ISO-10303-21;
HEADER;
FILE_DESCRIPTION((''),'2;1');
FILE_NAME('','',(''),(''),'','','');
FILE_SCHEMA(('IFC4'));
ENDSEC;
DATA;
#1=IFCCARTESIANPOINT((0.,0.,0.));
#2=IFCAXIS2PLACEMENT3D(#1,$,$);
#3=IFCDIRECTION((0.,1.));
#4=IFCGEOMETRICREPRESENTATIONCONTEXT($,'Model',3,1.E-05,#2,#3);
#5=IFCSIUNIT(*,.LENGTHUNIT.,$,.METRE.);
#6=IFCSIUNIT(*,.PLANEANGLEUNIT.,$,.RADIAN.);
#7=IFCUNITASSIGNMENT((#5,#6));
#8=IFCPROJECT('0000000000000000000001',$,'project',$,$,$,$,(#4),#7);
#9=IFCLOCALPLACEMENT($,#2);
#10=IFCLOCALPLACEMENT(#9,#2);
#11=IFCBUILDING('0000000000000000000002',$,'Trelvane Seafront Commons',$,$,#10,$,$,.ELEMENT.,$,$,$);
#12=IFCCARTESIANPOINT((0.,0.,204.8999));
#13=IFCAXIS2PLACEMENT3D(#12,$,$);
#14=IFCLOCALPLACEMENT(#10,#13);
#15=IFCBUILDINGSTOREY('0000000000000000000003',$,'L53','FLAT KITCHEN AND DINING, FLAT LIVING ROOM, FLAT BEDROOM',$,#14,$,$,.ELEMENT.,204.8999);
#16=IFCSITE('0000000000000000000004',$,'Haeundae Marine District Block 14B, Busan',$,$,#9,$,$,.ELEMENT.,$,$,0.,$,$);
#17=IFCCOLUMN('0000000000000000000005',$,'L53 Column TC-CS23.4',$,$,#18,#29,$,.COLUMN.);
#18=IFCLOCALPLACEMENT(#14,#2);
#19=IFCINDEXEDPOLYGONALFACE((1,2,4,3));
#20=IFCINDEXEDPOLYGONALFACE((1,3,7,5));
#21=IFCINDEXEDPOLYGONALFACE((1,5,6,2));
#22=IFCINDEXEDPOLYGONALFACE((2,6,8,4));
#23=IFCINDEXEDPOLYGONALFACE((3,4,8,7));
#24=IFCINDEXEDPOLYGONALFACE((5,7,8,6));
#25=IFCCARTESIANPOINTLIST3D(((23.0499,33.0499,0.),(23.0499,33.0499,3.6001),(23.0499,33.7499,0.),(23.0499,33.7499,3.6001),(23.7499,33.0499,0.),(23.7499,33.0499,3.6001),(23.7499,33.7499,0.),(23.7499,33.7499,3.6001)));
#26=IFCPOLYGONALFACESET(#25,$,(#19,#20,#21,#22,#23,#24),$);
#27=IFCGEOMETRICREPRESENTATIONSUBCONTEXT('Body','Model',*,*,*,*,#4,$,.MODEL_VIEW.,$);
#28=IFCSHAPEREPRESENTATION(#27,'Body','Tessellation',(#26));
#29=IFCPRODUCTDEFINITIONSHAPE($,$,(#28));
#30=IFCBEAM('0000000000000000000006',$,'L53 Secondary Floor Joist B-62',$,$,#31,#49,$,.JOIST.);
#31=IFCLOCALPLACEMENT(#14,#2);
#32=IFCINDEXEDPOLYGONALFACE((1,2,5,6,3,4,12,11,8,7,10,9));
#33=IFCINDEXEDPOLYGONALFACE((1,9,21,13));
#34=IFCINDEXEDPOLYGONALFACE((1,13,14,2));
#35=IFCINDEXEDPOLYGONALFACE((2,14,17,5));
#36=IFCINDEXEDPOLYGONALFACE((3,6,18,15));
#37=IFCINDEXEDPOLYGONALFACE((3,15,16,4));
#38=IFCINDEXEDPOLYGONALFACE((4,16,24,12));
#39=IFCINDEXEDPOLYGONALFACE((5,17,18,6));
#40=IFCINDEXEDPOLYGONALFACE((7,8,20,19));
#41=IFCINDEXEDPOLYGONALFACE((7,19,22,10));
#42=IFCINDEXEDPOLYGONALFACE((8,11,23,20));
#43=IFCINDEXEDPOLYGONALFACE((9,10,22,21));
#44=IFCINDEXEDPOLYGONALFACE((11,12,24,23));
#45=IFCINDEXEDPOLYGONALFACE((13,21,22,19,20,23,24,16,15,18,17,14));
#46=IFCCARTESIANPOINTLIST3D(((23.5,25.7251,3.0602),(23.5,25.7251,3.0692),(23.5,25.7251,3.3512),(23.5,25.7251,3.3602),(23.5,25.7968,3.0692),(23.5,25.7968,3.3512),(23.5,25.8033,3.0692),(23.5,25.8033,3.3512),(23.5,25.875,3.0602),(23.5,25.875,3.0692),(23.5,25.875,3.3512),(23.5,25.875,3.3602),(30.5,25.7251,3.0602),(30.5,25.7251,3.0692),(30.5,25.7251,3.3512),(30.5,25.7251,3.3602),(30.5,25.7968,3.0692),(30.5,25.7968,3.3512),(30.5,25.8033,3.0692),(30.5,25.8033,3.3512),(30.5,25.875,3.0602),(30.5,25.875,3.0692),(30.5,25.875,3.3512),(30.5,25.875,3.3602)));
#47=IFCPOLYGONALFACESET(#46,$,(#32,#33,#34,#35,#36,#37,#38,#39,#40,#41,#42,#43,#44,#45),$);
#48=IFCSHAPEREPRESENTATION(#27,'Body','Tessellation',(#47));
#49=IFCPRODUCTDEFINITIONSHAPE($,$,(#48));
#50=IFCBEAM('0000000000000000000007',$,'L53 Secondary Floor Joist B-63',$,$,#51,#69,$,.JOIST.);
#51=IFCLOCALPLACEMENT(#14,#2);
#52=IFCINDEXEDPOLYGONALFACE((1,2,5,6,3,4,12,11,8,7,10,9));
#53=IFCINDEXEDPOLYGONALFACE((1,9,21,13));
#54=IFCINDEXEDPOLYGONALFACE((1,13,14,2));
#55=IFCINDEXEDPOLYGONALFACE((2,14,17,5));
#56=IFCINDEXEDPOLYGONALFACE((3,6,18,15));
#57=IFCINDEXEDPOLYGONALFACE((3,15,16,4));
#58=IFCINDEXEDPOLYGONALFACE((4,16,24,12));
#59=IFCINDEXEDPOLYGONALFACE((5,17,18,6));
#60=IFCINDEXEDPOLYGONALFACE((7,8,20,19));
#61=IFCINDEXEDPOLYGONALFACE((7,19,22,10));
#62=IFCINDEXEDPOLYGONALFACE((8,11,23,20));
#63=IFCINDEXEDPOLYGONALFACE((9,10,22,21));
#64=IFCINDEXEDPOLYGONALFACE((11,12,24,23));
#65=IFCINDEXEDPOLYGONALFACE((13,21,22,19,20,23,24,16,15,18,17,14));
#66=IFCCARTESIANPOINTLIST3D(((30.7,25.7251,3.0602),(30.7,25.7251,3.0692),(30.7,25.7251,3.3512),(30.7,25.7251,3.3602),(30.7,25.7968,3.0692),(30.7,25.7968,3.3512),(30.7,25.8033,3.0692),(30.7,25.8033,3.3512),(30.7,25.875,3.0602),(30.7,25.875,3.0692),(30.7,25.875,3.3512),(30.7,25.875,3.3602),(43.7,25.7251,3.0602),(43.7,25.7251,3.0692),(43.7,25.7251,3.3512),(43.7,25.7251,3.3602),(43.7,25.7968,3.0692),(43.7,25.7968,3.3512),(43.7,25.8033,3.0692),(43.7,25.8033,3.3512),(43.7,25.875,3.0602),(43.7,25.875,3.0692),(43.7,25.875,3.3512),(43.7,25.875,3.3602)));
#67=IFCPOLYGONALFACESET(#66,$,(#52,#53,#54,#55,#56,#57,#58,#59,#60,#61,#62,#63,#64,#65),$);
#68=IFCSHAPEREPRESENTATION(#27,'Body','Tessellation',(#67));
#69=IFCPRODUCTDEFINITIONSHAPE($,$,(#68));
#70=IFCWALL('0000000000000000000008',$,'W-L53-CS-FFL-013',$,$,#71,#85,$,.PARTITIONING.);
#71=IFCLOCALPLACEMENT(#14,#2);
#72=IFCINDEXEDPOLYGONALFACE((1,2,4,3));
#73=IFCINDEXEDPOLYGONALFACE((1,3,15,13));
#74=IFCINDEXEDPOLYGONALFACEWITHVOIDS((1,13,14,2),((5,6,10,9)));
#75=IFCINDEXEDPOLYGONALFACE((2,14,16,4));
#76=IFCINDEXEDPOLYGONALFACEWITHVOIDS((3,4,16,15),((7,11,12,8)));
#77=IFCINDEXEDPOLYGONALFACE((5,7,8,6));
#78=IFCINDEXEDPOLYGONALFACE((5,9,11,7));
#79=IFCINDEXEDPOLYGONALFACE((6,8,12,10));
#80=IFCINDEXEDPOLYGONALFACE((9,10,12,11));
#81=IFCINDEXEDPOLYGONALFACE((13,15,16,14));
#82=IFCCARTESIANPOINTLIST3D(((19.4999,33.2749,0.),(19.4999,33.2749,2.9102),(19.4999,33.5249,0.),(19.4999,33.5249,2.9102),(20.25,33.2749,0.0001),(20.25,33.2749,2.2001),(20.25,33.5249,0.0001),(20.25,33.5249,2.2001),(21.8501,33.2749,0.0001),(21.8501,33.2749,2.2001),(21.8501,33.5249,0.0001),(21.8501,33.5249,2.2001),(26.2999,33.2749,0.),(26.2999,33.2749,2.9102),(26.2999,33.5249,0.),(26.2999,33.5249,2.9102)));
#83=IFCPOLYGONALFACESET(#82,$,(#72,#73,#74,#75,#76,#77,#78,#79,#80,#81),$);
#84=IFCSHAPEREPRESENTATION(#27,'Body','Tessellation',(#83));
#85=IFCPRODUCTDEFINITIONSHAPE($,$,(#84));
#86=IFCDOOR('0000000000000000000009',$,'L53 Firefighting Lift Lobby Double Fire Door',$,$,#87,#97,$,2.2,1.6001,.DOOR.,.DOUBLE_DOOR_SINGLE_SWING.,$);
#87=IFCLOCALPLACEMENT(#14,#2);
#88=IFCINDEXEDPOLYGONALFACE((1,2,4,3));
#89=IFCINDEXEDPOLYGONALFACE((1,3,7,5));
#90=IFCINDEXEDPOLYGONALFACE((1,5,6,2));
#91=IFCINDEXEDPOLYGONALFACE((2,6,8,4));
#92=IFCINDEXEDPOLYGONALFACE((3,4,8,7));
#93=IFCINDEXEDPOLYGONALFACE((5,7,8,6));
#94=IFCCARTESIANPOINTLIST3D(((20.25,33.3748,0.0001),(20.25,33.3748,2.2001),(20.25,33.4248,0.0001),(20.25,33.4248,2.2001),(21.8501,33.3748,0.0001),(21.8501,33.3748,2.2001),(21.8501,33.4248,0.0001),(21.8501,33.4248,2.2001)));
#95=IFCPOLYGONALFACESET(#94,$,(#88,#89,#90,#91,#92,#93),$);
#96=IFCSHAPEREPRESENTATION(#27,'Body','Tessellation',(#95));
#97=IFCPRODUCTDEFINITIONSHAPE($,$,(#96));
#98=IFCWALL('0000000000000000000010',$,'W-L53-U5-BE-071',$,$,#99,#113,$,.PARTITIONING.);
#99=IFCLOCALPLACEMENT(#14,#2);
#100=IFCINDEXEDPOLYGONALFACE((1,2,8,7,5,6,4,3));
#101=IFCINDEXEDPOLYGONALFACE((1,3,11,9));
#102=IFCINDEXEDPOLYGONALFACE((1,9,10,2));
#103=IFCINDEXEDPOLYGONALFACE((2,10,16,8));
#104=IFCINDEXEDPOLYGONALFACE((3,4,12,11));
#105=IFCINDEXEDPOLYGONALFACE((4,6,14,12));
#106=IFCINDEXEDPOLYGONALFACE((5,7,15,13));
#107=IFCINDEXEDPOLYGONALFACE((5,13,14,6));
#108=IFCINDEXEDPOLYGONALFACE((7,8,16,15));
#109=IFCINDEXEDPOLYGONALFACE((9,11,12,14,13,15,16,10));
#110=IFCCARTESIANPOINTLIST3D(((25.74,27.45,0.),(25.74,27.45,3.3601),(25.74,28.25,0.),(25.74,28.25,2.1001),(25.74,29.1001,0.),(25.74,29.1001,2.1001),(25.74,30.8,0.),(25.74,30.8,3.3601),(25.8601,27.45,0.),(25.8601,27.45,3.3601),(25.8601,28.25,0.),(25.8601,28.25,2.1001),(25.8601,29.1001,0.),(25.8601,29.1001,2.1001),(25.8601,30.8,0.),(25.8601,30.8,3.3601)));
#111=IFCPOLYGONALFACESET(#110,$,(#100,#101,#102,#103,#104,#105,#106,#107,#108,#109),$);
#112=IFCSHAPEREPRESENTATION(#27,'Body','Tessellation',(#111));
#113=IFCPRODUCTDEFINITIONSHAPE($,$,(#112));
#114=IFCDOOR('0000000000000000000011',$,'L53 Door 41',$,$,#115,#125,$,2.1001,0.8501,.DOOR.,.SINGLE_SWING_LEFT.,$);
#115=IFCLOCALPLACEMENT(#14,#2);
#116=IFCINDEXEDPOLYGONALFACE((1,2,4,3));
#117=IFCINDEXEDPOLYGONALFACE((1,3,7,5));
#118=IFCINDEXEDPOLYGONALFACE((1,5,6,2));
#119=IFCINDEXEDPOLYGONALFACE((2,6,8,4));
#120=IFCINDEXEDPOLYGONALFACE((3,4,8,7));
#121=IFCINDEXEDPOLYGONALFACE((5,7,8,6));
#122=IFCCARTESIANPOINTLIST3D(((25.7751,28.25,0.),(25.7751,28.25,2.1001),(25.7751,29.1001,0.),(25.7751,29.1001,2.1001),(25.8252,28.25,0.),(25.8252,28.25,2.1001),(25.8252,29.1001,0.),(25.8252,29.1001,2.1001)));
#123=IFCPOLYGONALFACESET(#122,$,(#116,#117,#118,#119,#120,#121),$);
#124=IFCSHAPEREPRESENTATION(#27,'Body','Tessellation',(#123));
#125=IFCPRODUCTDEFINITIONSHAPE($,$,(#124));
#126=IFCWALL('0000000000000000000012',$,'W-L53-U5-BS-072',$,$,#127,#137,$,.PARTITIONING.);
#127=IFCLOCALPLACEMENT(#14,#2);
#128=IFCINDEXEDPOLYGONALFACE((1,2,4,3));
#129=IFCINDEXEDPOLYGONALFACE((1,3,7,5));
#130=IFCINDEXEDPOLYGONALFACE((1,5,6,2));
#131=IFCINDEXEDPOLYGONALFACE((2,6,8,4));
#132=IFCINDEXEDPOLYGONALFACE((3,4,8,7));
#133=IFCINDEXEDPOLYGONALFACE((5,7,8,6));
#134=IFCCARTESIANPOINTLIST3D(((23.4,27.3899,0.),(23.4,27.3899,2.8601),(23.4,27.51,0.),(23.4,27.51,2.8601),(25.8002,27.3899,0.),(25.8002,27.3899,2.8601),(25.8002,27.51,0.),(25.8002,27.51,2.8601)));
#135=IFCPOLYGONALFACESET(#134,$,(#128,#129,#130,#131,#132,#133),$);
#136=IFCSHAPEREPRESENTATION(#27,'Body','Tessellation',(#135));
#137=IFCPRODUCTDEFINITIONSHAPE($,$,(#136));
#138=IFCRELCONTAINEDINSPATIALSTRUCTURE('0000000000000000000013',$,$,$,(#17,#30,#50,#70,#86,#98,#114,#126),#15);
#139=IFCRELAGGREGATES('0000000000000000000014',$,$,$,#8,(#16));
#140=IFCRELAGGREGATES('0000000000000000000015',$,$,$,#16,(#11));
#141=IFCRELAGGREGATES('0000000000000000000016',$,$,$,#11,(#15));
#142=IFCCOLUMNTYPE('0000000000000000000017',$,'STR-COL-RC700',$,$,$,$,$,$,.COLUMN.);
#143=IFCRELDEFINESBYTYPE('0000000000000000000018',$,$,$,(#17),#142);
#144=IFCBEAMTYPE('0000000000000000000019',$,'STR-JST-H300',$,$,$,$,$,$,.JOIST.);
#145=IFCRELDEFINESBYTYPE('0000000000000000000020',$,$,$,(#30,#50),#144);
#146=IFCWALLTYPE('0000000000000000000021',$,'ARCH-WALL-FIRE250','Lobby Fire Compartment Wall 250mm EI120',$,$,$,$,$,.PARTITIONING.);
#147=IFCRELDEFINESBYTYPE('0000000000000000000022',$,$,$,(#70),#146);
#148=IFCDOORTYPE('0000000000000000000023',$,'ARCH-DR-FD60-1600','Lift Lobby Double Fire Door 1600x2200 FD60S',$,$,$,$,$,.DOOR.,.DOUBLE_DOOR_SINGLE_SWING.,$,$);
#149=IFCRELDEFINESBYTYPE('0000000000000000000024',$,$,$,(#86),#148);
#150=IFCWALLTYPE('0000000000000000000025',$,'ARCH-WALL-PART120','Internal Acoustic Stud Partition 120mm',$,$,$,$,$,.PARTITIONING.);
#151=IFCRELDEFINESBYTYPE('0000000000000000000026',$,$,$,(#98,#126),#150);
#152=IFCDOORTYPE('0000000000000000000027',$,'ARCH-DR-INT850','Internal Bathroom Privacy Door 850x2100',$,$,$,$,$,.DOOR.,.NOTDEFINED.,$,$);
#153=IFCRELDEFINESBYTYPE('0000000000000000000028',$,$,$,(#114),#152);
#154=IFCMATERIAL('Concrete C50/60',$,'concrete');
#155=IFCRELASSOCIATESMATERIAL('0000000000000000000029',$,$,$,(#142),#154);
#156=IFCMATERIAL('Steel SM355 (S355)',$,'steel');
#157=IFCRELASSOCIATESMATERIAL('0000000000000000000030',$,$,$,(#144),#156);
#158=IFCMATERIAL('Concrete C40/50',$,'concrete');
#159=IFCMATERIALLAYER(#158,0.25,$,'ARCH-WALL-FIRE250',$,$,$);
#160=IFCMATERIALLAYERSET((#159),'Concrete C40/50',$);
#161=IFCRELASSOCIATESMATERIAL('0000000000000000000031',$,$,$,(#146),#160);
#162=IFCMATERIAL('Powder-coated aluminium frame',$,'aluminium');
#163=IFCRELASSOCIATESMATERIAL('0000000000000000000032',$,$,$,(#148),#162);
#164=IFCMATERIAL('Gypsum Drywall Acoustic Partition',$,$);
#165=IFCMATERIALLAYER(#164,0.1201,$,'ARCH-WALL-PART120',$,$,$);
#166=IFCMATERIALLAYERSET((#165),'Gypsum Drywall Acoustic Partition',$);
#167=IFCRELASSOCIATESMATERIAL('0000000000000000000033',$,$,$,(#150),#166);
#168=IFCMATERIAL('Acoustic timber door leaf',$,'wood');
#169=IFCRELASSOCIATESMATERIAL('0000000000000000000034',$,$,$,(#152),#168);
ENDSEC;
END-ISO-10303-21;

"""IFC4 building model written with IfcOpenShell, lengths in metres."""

from ifc_helpers import new_model, si_unit, direction, frame, frame_2d, origin, origin_2d, place, context, subcontext, project, spatial, rectangle, i_section, extrude, source, transform, mapped, material, layer, layer_set, material_profile, profile_set, type_object, element, fill, save


model = new_model("IFC4")

# Units and contexts
model_context = context("Model", 3, precision=1e-05, world=origin(), true_north=direction((0.0, 1.0)))
body_context = subcontext(model_context, "Body", "Model", "MODEL_VIEW")
ifc_project = project(units=[si_unit("LENGTHUNIT", "METRE"), si_unit("PLANEANGLEUNIT", "RADIAN")], contexts=[model_context])

# Site, building, storey
site_placement = place(None, origin())
site = spatial("IfcSite", under=ifc_project, at=site_placement, Name="Haeundae Marine District Block 14B, Busan", CompositionType="ELEMENT", RefElevation=0.0)
building_placement = place(site_placement, origin())
building = spatial("IfcBuilding", under=site, at=building_placement, Name="Trelvane Seafront Commons", CompositionType="ELEMENT")
storey_placement = place(building_placement, frame((0.0, 0.0, 204.8999)))
storey = spatial("IfcBuildingStorey", under=building, at=storey_placement, Name="L53", Description="FLAT KITCHEN AND DINING, FLAT LIVING ROOM, FLAT BEDROOM", CompositionType="ELEMENT", Elevation=204.8999)

# Column
ifc_material_1 = material(Name="Concrete C50/60", Category="concrete")
ifc_material_profile_1 = material_profile(ifc_material_1, rectangle(XDim=0.7, YDim=0.7, at=origin_2d()), Name="RC-700x700")
ifc_profile_set_1 = profile_set([ifc_material_profile_1], Name="Concrete C50/60")
column_type = type_object("IfcColumnType", Name="STR-COL-RC700", PredefinedType="COLUMN", material=ifc_profile_set_1)
shared_shape_1 = source(origin(), body_context, "Body", "SweptSolid", [
    extrude(rectangle(XDim=0.7, YDim=0.7, at=origin_2d()), origin(), (0.0, 0.0, 1.0), 3.6001),
])
column_placement = place(storey_placement, frame((23.3999, 33.3999, 0.0), z_axis=(0.0, 0.0, 1.0), x_axis=(1.0, 0.0, 0.0)))
element("IfcColumn", 1, at=column_placement, inside=storey, type_object=column_type, Name="L53 Column TC-CS23.4", PredefinedType="COLUMN", context=body_context, shape_type="MappedRepresentation", body=[
    mapped(shared_shape_1, transform((0.0, 0.0, 0.0), x_axis=(1.0, 0.0, 0.0), y_axis=(0.0, 1.0, 0.0), z_axis=(0.0, 0.0, 1.0), scale=1.0)),
])

# Beams
ifc_material_2 = material(Name="Steel SM355 (S355)", Category="steel")
ifc_material_profile_2 = material_profile(ifc_material_2, i_section(OverallWidth=0.1499, OverallDepth=0.3, WebThickness=0.0066, FlangeThickness=0.009, at=origin_2d()), Name="H-300x150x6.5x9")
ifc_profile_set_2 = profile_set([ifc_material_profile_2], Name="Steel SM355 (S355)")
beam_type = type_object("IfcBeamType", Name="STR-JST-H300", PredefinedType="JOIST", material=ifc_profile_set_2)
shared_shape_2 = source(origin(), body_context, "Body", "SweptSolid", [
    extrude(i_section(OverallWidth=0.1499, OverallDepth=0.3, WebThickness=0.0066, FlangeThickness=0.009, at=origin_2d()), origin(), (0.0, 0.0, 1.0), 7.0),
])
beam_1_placement = place(storey_placement, frame((23.5, 25.8, 3.2102), z_axis=(1.0, 0.0, 0.0), x_axis=(0.0, 1.0, 0.0)))
element("IfcBeam", 2, at=beam_1_placement, inside=storey, type_object=beam_type, Name="L53 Secondary Floor Joist B-62", PredefinedType="JOIST", context=body_context, shape_type="MappedRepresentation", body=[
    mapped(shared_shape_2, transform((0.0, 0.0, 0.0), x_axis=(1.0, 0.0, 0.0), y_axis=(0.0, 1.0, 0.0), z_axis=(0.0, 0.0, 1.0), scale=1.0)),
])
shared_shape_3 = source(origin(), body_context, "Body", "SweptSolid", [
    extrude(i_section(OverallWidth=0.1499, OverallDepth=0.3, WebThickness=0.0066, FlangeThickness=0.009, at=origin_2d()), origin(), (0.0, 0.0, 1.0), 13.0),
])
beam_2_placement = place(storey_placement, frame((30.7, 25.8, 3.2102), z_axis=(1.0, 0.0, 0.0), x_axis=(0.0, 1.0, 0.0)))
element("IfcBeam", 3, at=beam_2_placement, inside=storey, type_object=beam_type, Name="L53 Secondary Floor Joist B-63", PredefinedType="JOIST", context=body_context, shape_type="MappedRepresentation", body=[
    mapped(shared_shape_3, transform((0.0, 0.0, 0.0), x_axis=(1.0, 0.0, 0.0), y_axis=(0.0, 1.0, 0.0), z_axis=(0.0, 0.0, 1.0), scale=1.0)),
])

# Walls, openings, doors
ifc_material_3 = material(Name="Concrete C40/50", Category="concrete")
ifc_layer_1 = layer(ifc_material_3, 0.25, Name="ARCH-WALL-FIRE250")
ifc_layer_set_1 = layer_set([ifc_layer_1], Name="Concrete C40/50")
wall_type_1 = type_object("IfcWallType", Name="ARCH-WALL-FIRE250", Description="Lobby Fire Compartment Wall 250mm EI120", PredefinedType="PARTITIONING", material=ifc_layer_set_1)
wall_1_placement = place(storey_placement, frame((19.5, 33.3999, 0.0), z_axis=(0.0, 0.0, 1.0), x_axis=(1.0, 0.0, 0.0)))
wall_1 = element("IfcWall", 4, at=wall_1_placement, inside=storey, type_object=wall_type_1, Name="W-L53-CS-FFL-013", PredefinedType="PARTITIONING", context=body_context, shape_type="SweptSolid", body=[
    extrude(rectangle(XDim=6.8, YDim=0.25, at=frame_2d((3.3999, 0.0))), origin(), (0.0, 0.0, 1.0), 2.9102),
])
opening_1_placement = place(wall_1_placement, frame((0.75, 0.0, 0.0)))
opening_1 = element("IfcOpeningElement", 5, at=opening_1_placement, cuts=wall_1, PredefinedType="OPENING", context=body_context, shape_type="SweptSolid", body=[
    extrude(rectangle(XDim=1.6001, YDim=2.2, at=frame_2d((0.8, 1.1001))), frame((0.0, 0.135, 0.0), z_axis=(0.0, -1.0, 0.0), x_axis=(1.0, 0.0, 0.0)), (0.0, 0.0, 1.0), 0.27),
])
ifc_material_4 = material(Name="Powder-coated aluminium frame", Category="aluminium")
door_type_1 = type_object("IfcDoorType", Name="ARCH-DR-FD60-1600", Description="Lift Lobby Double Fire Door 1600x2200 FD60S", OperationType="DOUBLE_DOOR_SINGLE_SWING", PredefinedType="DOOR", material=ifc_material_4)
shared_shape_4 = source(origin(), body_context, "Body", "SweptSolid", [
    extrude(rectangle(XDim=1.6001, YDim=2.2, at=frame_2d((0.8, 1.1001))), frame((0.0, 0.0249, 0.0), z_axis=(0.0, -1.0, 0.0), x_axis=(1.0, 0.0, 0.0)), (0.0, 0.0, 1.0), 0.05),
])
door_1_placement = place(opening_1_placement, origin())
door_1 = element("IfcDoor", 6, at=door_1_placement, inside=storey, type_object=door_type_1, Name="L53 Firefighting Lift Lobby Double Fire Door", OperationType="DOUBLE_DOOR_SINGLE_SWING", OverallHeight=2.2, OverallWidth=1.6001, PredefinedType="DOOR", context=body_context, shape_type="MappedRepresentation", body=[
    mapped(shared_shape_4, transform((0.0, 0.0, 0.0), x_axis=(1.0, 0.0, 0.0), y_axis=(0.0, 1.0, 0.0), z_axis=(0.0, 0.0, 1.0), scale=1.0)),
])
fill(opening_1, door_1)
ifc_material_5 = material(Name="Gypsum Drywall Acoustic Partition")
ifc_layer_2 = layer(ifc_material_5, 0.1201, Name="ARCH-WALL-PART120")
ifc_layer_set_2 = layer_set([ifc_layer_2], Name="Gypsum Drywall Acoustic Partition")
wall_type_2 = type_object("IfcWallType", Name="ARCH-WALL-PART120", Description="Internal Acoustic Stud Partition 120mm", PredefinedType="PARTITIONING", material=ifc_layer_set_2)
wall_2_placement = place(storey_placement, frame((25.8, 27.45, 0.0), z_axis=(0.0, 0.0, 1.0), x_axis=(0.0, 1.0, 0.0)))
wall_2 = element("IfcWall", 7, at=wall_2_placement, inside=storey, type_object=wall_type_2, Name="W-L53-U5-BE-071", PredefinedType="PARTITIONING", context=body_context, shape_type="SweptSolid", body=[
    extrude(rectangle(XDim=3.3501, YDim=0.1201, at=frame_2d((1.675, 0.0))), origin(), (0.0, 0.0, 1.0), 3.3601),
])
opening_2_placement = place(wall_2_placement, frame((0.8, 0.0, 0.0)))
opening_2 = element("IfcOpeningElement", 8, at=opening_2_placement, cuts=wall_2, PredefinedType="OPENING", context=body_context, shape_type="SweptSolid", body=[
    extrude(rectangle(XDim=0.8501, YDim=2.1001, at=frame_2d((0.425, 1.05))), frame((0.0, 0.0701, 0.0), z_axis=(0.0, -1.0, 0.0), x_axis=(1.0, 0.0, 0.0)), (0.0, 0.0, 1.0), 0.1401),
])
ifc_material_6 = material(Name="Acoustic timber door leaf", Category="wood")
door_type_2 = type_object("IfcDoorType", Name="ARCH-DR-INT850", Description="Internal Bathroom Privacy Door 850x2100", OperationType="NOTDEFINED", PredefinedType="DOOR", material=ifc_material_6)
shared_shape_5 = source(origin(), body_context, "Body", "SweptSolid", [
    extrude(rectangle(XDim=0.8501, YDim=2.1001, at=frame_2d((0.425, 1.05))), frame((0.0, 0.0249, 0.0), z_axis=(0.0, -1.0, 0.0), x_axis=(1.0, 0.0, 0.0)), (0.0, 0.0, 1.0), 0.05),
])
door_2_placement = place(opening_2_placement, origin())
door_2 = element("IfcDoor", 9, at=door_2_placement, inside=storey, type_object=door_type_2, Name="L53 Door 41", OperationType="SINGLE_SWING_LEFT", OverallHeight=2.1001, OverallWidth=0.8501, PredefinedType="DOOR", context=body_context, shape_type="MappedRepresentation", body=[
    mapped(shared_shape_5, transform((0.0, 0.0, 0.0), x_axis=(1.0, 0.0, 0.0), y_axis=(0.0, 1.0, 0.0), z_axis=(0.0, 0.0, 1.0), scale=1.0)),
])
fill(opening_2, door_2)

# Wall
wall_3_placement = place(storey_placement, frame((23.3999, 27.45, 0.0), z_axis=(0.0, 0.0, 1.0), x_axis=(1.0, 0.0, 0.0)))
element("IfcWall", 10, at=wall_3_placement, inside=storey, type_object=wall_type_2, Name="W-L53-U5-BS-072", PredefinedType="PARTITIONING", context=body_context, shape_type="SweptSolid", body=[
    extrude(rectangle(XDim=2.4001, YDim=0.1201, at=frame_2d((1.2002, 0.0))), origin(), (0.0, 0.0, 1.0), 2.8601),
])

save(model, "model.ifc")
